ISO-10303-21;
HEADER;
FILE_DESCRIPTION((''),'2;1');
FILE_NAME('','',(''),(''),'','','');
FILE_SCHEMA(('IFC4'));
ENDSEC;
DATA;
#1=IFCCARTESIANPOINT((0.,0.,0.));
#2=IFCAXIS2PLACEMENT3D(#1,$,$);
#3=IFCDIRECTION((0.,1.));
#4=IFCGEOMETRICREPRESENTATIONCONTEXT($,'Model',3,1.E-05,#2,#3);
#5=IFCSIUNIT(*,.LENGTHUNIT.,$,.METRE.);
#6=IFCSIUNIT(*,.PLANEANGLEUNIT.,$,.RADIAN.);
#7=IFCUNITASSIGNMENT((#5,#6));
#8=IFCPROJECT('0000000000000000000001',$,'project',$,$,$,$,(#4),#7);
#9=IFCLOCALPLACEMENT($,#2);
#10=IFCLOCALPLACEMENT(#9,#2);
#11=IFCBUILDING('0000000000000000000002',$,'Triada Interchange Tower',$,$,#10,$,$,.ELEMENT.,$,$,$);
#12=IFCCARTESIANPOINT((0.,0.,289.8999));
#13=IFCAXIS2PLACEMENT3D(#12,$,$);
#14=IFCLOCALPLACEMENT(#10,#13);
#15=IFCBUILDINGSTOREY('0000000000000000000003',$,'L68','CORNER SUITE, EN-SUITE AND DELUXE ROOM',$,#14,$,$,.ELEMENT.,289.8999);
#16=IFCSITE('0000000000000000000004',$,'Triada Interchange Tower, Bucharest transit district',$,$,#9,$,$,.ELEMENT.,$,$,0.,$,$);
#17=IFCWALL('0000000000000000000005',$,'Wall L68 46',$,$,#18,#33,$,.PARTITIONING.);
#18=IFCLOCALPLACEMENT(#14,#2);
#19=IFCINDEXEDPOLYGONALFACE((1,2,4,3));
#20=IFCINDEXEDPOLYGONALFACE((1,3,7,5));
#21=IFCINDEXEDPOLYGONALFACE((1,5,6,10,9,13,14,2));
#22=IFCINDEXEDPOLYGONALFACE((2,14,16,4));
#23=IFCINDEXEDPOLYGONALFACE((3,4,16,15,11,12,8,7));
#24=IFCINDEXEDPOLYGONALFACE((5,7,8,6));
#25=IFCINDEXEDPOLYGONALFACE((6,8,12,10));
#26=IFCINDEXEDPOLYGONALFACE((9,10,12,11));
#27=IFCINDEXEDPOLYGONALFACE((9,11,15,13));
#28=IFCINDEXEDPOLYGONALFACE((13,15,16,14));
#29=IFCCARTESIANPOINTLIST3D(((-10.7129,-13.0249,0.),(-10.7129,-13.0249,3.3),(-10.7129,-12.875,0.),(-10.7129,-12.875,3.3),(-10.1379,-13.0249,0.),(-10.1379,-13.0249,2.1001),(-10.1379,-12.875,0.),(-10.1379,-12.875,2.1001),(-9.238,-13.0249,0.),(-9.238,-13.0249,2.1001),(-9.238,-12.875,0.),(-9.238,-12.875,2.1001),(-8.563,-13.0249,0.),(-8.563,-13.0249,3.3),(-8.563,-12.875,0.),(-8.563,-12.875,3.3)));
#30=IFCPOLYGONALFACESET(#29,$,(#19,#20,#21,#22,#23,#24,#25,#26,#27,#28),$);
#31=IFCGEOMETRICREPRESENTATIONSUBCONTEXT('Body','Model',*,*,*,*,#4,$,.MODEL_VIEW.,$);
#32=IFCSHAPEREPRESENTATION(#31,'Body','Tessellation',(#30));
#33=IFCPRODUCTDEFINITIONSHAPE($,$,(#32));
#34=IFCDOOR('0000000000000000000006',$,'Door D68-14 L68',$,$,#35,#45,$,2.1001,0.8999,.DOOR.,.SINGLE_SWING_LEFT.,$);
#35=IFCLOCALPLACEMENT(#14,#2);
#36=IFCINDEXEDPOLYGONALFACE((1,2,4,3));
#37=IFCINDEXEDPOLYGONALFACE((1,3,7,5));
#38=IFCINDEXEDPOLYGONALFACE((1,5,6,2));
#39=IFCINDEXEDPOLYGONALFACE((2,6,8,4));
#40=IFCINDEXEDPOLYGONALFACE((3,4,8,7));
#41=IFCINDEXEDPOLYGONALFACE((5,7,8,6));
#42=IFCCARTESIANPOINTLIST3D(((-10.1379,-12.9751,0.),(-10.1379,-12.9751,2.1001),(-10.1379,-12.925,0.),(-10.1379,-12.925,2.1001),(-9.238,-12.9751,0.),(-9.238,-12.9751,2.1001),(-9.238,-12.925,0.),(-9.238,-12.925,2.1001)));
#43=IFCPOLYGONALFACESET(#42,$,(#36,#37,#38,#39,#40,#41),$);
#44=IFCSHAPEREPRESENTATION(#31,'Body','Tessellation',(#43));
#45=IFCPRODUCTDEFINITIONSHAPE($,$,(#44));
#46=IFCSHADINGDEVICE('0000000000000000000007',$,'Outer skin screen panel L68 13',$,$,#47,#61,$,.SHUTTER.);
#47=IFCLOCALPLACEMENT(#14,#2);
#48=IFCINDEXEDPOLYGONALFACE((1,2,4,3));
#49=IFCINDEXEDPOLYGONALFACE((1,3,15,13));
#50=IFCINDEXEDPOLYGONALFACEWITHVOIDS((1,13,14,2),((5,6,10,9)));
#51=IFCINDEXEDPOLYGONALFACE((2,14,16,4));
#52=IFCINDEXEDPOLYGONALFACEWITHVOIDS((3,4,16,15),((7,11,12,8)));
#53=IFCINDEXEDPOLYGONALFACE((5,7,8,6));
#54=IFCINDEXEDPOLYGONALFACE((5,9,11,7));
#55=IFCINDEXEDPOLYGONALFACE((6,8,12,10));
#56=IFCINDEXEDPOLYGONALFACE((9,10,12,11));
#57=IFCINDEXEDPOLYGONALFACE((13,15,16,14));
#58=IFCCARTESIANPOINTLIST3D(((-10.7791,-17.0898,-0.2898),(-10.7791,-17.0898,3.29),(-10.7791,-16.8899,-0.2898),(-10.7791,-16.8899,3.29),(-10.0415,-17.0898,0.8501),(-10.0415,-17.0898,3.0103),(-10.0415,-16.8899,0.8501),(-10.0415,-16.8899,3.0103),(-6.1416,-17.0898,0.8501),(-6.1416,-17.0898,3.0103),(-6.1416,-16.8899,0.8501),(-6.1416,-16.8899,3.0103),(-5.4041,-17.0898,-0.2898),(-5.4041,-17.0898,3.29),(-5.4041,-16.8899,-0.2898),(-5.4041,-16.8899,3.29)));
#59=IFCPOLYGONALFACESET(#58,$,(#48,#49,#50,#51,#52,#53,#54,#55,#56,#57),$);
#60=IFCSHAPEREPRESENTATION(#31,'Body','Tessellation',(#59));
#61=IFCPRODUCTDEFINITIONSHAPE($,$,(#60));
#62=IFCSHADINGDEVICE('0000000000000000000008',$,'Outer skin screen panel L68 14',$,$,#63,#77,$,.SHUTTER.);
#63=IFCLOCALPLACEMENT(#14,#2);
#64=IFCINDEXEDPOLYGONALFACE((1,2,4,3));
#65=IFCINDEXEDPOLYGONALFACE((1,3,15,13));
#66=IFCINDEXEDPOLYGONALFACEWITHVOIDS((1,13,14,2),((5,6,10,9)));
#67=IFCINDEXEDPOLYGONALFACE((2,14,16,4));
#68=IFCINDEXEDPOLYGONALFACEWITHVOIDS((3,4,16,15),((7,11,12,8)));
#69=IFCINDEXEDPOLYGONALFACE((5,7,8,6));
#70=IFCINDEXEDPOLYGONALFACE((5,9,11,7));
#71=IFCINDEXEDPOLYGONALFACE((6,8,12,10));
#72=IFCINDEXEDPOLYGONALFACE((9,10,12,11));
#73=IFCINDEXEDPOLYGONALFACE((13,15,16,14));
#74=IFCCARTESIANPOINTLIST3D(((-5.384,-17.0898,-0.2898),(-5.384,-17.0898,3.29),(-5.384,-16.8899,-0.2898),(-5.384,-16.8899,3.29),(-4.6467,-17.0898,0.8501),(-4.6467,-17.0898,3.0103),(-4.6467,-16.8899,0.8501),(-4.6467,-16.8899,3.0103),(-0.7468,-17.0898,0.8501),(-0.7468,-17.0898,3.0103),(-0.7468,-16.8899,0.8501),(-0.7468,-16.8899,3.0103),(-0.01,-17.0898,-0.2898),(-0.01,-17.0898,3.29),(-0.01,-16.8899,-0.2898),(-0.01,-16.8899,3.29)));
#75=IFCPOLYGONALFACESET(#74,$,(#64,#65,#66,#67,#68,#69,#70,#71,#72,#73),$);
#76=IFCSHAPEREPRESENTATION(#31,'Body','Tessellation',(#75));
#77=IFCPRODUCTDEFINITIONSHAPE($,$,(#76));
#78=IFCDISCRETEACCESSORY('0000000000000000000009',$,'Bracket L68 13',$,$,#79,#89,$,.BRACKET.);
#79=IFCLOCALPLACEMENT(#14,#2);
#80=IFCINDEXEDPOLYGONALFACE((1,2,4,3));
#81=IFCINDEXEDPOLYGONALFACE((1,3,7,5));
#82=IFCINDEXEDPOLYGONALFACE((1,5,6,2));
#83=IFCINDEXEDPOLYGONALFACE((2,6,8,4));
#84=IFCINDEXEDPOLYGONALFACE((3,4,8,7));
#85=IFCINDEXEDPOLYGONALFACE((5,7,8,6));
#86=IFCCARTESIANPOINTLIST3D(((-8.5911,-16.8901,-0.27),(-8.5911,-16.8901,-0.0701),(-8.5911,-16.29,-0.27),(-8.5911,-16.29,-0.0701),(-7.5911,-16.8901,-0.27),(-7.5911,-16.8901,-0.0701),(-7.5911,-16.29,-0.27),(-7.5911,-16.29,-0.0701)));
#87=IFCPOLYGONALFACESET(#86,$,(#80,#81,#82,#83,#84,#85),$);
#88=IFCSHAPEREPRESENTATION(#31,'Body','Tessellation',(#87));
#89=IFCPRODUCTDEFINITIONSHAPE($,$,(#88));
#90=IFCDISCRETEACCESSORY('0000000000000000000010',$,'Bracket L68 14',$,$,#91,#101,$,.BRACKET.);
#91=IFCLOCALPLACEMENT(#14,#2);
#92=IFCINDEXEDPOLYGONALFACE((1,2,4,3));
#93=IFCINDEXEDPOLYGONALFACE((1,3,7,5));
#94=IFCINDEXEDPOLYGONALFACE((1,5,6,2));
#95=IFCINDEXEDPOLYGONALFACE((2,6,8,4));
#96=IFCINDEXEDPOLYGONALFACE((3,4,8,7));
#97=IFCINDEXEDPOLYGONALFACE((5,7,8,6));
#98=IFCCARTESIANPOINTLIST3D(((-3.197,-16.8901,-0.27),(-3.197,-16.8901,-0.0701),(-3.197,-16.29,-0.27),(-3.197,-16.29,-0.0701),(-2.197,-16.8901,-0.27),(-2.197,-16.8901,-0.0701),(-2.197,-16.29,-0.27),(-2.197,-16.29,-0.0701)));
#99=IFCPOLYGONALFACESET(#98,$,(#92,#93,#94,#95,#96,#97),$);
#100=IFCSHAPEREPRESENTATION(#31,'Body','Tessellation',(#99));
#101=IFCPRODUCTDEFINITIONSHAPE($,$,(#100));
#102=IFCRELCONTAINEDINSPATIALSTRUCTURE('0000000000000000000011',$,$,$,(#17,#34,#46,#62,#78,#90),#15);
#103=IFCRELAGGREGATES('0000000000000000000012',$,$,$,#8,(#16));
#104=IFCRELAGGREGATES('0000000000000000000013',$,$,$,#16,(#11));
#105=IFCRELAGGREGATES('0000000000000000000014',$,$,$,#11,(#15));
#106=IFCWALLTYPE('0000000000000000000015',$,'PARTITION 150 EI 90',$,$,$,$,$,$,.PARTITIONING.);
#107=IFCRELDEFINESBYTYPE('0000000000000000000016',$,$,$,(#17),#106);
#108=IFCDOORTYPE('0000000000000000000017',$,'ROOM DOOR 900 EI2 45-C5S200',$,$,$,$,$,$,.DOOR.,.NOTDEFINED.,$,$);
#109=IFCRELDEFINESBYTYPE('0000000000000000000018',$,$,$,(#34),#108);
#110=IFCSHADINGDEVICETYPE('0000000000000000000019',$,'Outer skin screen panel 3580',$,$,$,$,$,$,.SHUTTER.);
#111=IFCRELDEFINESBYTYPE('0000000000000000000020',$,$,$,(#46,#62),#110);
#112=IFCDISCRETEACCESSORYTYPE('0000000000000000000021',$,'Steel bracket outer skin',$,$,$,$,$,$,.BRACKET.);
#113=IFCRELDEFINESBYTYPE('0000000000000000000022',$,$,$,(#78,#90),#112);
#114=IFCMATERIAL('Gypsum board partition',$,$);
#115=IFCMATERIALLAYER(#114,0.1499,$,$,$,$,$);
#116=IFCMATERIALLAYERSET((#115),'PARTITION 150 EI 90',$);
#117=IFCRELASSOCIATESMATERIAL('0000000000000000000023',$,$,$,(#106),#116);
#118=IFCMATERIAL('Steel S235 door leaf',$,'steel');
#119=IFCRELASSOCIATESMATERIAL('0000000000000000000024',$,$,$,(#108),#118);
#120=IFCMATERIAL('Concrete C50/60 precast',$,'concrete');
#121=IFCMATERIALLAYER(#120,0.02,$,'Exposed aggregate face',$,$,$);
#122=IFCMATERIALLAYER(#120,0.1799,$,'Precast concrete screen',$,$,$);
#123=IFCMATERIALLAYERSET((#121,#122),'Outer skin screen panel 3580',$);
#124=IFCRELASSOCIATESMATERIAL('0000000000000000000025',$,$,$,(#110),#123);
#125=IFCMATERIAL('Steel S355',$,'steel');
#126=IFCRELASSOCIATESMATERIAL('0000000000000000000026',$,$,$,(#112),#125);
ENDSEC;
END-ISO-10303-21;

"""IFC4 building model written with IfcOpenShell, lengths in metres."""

from ifc_helpers import new_model, si_unit, direction, frame, frame_2d, origin, origin_2d, place, context, subcontext, project, spatial, polyline, rectangle, outline, extrude, material, layer, layer_set, type_object, element, fill, save


model = new_model("IFC4")

# Units and contexts
model_context = context("Model", 3, precision=1e-05, world=origin(), true_north=direction((0.0, 1.0)))
body_context = subcontext(model_context, "Body", "Model", "MODEL_VIEW")
ifc_project = project(units=[si_unit("LENGTHUNIT", "METRE"), si_unit("PLANEANGLEUNIT", "RADIAN")], contexts=[model_context])

# Site, building, storey
site_placement = place(None, origin())
site = spatial("IfcSite", under=ifc_project, at=site_placement, Name="Triada Interchange Tower, Bucharest transit district", CompositionType="ELEMENT", RefElevation=0.0)
building_placement = place(site_placement, origin())
building = spatial("IfcBuilding", under=site, at=building_placement, Name="Triada Interchange Tower", CompositionType="ELEMENT")
storey_placement = place(building_placement, frame((0.0, 0.0, 289.8999)))
storey = spatial("IfcBuildingStorey", under=building, at=storey_placement, Name="L68", Description="CORNER SUITE, EN-SUITE AND DELUXE ROOM", CompositionType="ELEMENT", Elevation=289.8999)

# Shared definitions
ifc_material_1 = material(Name="Gypsum board partition")
ifc_layer_1 = layer(ifc_material_1, 0.1499)
ifc_layer_set_1 = layer_set([ifc_layer_1], Name="PARTITION 150 EI 90")
wall_type_1 = type_object("IfcWallType", Name="PARTITION 150 EI 90", PredefinedType="PARTITIONING", material=ifc_layer_set_1)

# Wall, opening, door
wall_1_placement = place(storey_placement, frame((-10.7129, -12.95, 0.0), z_axis=(0.0, 0.0, 1.0), x_axis=(1.0, 0.0, 0.0)))
wall_1 = element("IfcWall", 1, at=wall_1_placement, inside=storey, type_object=wall_type_1, Name="Wall L68 46", PredefinedType="PARTITIONING", context=body_context, shape_type="SweptSolid", body=[
    extrude(rectangle(XDim=2.1499, YDim=0.1499, at=frame_2d((1.075, 0.0))), origin(), (0.0, 0.0, 1.0), 3.3),
])
opening_placement = place(wall_1_placement, frame((0.575, 0.0, 0.0)))
opening = element("IfcOpeningElement", 2, at=opening_placement, cuts=wall_1, PredefinedType="OPENING", context=body_context, shape_type="SweptSolid", body=[
    extrude(rectangle(XDim=0.8999, YDim=2.1001, at=frame_2d((0.45, 1.05))), frame((0.0, 0.085, 0.0), z_axis=(0.0, -1.0, 0.0), x_axis=(1.0, 0.0, 0.0)), (0.0, 0.0, 1.0), 0.1699),
])
ifc_material_2 = material(Name="Steel S235 door leaf", Category="steel")
door_type = type_object("IfcDoorType", Name="ROOM DOOR 900 EI2 45-C5S200", OperationType="NOTDEFINED", PredefinedType="DOOR", material=ifc_material_2)
door_placement = place(opening_placement, origin())
door = element("IfcDoor", 3, at=door_placement, inside=storey, type_object=door_type, Name="Door D68-14 L68", OperationType="SINGLE_SWING_LEFT", OverallHeight=2.1001, OverallWidth=0.8999, PredefinedType="DOOR", context=body_context, shape_type="SweptSolid", body=[
    extrude(rectangle(XDim=0.8999, YDim=2.1001, at=frame_2d((0.45, 1.05))), frame((0.0, 0.0249, 0.0), z_axis=(0.0, -1.0, 0.0), x_axis=(1.0, 0.0, 0.0)), (0.0, 0.0, 1.0), 0.05),
])
fill(opening, door)

# Shading devices
ifc_material_3 = material(Name="Concrete C50/60 precast", Category="concrete")
ifc_layer_2 = layer(ifc_material_3, 0.02, Name="Exposed aggregate face")
ifc_layer_3 = layer(ifc_material_3, 0.1799, Name="Precast concrete screen")
ifc_layer_set_2 = layer_set([ifc_layer_2, ifc_layer_3], Name="Outer skin screen panel 3580")
shading_device_type = type_object("IfcShadingDeviceType", Name="Outer skin screen panel 3580", PredefinedType="SHUTTER", material=ifc_layer_set_2)
shading_device_1_placement = place(storey_placement, frame((-10.7791, -16.8899, -0.2898), z_axis=(0.0, 0.0, 1.0), x_axis=(1.0, 0.0, 0.0)))
element("IfcShadingDevice", 4, at=shading_device_1_placement, inside=storey, type_object=shading_device_type, Name="Outer skin screen panel L68 13", PredefinedType="SHUTTER", context=body_context, shape_type="SweptSolid", body=[
    extrude(outline(polyline([(0.0, 0.0), (5.375, 0.0), (5.375, 3.5798), (0.0, 3.5798), (0.0, 0.0)]), holes=[polyline([(0.7375, 1.1399), (0.7375, 3.3), (4.6375, 3.3), (4.6375, 1.1399), (0.7375, 1.1399)])]), frame((0.0, 0.0, 0.0), z_axis=(0.0, -1.0, 0.0), x_axis=(1.0, 0.0, 0.0)), (0.0, 0.0, 1.0), 0.2),
])
shading_device_2_placement = place(storey_placement, frame((-5.384, -16.8899, -0.2898), z_axis=(0.0, 0.0, 1.0), x_axis=(1.0, 0.0, 0.0)))
element("IfcShadingDevice", 5, at=shading_device_2_placement, inside=storey, type_object=shading_device_type, Name="Outer skin screen panel L68 14", PredefinedType="SHUTTER", context=body_context, shape_type="SweptSolid", body=[
    extrude(outline(polyline([(0.0, 0.0), (5.374, 0.0), (5.374, 3.5798), (0.0, 3.5798), (0.0, 0.0)]), holes=[polyline([(0.7373, 1.1399), (0.7373, 3.3), (4.6372, 3.3), (4.6372, 1.1399), (0.7373, 1.1399)])]), frame((0.0, 0.0, 0.0), z_axis=(0.0, -1.0, 0.0), x_axis=(1.0, 0.0, 0.0)), (0.0, 0.0, 1.0), 0.2),
])

# Discrete accessories
ifc_material_4 = material(Name="Steel S355", Category="steel")
discrete_accessory_type = type_object("IfcDiscreteAccessoryType", Name="Steel bracket outer skin", PredefinedType="BRACKET", material=ifc_material_4)
for number, where, z_axis, x_axis, name in (
    (6, (-8.0911, -16.5901, -0.27), (0.0, 0.0, 1.0), (0.0, -1.0, 0.0), "Bracket L68 13"),
    (7, (-2.697, -16.5901, -0.27), (0.0, 0.0, 1.0), (0.0, -1.0, 0.0), "Bracket L68 14"),
):
    element("IfcDiscreteAccessory", number, at=place(storey_placement, frame(where, z_axis=z_axis, x_axis=x_axis)), inside=storey, type_object=discrete_accessory_type, Name=name, PredefinedType="BRACKET", context=body_context, shape_type="SweptSolid", body=[
        extrude(rectangle(XDim=0.6001, YDim=1.0, at=origin_2d()), origin(), (0.0, 0.0, 1.0), 0.2),
    ])

save(model, "model.ifc")
